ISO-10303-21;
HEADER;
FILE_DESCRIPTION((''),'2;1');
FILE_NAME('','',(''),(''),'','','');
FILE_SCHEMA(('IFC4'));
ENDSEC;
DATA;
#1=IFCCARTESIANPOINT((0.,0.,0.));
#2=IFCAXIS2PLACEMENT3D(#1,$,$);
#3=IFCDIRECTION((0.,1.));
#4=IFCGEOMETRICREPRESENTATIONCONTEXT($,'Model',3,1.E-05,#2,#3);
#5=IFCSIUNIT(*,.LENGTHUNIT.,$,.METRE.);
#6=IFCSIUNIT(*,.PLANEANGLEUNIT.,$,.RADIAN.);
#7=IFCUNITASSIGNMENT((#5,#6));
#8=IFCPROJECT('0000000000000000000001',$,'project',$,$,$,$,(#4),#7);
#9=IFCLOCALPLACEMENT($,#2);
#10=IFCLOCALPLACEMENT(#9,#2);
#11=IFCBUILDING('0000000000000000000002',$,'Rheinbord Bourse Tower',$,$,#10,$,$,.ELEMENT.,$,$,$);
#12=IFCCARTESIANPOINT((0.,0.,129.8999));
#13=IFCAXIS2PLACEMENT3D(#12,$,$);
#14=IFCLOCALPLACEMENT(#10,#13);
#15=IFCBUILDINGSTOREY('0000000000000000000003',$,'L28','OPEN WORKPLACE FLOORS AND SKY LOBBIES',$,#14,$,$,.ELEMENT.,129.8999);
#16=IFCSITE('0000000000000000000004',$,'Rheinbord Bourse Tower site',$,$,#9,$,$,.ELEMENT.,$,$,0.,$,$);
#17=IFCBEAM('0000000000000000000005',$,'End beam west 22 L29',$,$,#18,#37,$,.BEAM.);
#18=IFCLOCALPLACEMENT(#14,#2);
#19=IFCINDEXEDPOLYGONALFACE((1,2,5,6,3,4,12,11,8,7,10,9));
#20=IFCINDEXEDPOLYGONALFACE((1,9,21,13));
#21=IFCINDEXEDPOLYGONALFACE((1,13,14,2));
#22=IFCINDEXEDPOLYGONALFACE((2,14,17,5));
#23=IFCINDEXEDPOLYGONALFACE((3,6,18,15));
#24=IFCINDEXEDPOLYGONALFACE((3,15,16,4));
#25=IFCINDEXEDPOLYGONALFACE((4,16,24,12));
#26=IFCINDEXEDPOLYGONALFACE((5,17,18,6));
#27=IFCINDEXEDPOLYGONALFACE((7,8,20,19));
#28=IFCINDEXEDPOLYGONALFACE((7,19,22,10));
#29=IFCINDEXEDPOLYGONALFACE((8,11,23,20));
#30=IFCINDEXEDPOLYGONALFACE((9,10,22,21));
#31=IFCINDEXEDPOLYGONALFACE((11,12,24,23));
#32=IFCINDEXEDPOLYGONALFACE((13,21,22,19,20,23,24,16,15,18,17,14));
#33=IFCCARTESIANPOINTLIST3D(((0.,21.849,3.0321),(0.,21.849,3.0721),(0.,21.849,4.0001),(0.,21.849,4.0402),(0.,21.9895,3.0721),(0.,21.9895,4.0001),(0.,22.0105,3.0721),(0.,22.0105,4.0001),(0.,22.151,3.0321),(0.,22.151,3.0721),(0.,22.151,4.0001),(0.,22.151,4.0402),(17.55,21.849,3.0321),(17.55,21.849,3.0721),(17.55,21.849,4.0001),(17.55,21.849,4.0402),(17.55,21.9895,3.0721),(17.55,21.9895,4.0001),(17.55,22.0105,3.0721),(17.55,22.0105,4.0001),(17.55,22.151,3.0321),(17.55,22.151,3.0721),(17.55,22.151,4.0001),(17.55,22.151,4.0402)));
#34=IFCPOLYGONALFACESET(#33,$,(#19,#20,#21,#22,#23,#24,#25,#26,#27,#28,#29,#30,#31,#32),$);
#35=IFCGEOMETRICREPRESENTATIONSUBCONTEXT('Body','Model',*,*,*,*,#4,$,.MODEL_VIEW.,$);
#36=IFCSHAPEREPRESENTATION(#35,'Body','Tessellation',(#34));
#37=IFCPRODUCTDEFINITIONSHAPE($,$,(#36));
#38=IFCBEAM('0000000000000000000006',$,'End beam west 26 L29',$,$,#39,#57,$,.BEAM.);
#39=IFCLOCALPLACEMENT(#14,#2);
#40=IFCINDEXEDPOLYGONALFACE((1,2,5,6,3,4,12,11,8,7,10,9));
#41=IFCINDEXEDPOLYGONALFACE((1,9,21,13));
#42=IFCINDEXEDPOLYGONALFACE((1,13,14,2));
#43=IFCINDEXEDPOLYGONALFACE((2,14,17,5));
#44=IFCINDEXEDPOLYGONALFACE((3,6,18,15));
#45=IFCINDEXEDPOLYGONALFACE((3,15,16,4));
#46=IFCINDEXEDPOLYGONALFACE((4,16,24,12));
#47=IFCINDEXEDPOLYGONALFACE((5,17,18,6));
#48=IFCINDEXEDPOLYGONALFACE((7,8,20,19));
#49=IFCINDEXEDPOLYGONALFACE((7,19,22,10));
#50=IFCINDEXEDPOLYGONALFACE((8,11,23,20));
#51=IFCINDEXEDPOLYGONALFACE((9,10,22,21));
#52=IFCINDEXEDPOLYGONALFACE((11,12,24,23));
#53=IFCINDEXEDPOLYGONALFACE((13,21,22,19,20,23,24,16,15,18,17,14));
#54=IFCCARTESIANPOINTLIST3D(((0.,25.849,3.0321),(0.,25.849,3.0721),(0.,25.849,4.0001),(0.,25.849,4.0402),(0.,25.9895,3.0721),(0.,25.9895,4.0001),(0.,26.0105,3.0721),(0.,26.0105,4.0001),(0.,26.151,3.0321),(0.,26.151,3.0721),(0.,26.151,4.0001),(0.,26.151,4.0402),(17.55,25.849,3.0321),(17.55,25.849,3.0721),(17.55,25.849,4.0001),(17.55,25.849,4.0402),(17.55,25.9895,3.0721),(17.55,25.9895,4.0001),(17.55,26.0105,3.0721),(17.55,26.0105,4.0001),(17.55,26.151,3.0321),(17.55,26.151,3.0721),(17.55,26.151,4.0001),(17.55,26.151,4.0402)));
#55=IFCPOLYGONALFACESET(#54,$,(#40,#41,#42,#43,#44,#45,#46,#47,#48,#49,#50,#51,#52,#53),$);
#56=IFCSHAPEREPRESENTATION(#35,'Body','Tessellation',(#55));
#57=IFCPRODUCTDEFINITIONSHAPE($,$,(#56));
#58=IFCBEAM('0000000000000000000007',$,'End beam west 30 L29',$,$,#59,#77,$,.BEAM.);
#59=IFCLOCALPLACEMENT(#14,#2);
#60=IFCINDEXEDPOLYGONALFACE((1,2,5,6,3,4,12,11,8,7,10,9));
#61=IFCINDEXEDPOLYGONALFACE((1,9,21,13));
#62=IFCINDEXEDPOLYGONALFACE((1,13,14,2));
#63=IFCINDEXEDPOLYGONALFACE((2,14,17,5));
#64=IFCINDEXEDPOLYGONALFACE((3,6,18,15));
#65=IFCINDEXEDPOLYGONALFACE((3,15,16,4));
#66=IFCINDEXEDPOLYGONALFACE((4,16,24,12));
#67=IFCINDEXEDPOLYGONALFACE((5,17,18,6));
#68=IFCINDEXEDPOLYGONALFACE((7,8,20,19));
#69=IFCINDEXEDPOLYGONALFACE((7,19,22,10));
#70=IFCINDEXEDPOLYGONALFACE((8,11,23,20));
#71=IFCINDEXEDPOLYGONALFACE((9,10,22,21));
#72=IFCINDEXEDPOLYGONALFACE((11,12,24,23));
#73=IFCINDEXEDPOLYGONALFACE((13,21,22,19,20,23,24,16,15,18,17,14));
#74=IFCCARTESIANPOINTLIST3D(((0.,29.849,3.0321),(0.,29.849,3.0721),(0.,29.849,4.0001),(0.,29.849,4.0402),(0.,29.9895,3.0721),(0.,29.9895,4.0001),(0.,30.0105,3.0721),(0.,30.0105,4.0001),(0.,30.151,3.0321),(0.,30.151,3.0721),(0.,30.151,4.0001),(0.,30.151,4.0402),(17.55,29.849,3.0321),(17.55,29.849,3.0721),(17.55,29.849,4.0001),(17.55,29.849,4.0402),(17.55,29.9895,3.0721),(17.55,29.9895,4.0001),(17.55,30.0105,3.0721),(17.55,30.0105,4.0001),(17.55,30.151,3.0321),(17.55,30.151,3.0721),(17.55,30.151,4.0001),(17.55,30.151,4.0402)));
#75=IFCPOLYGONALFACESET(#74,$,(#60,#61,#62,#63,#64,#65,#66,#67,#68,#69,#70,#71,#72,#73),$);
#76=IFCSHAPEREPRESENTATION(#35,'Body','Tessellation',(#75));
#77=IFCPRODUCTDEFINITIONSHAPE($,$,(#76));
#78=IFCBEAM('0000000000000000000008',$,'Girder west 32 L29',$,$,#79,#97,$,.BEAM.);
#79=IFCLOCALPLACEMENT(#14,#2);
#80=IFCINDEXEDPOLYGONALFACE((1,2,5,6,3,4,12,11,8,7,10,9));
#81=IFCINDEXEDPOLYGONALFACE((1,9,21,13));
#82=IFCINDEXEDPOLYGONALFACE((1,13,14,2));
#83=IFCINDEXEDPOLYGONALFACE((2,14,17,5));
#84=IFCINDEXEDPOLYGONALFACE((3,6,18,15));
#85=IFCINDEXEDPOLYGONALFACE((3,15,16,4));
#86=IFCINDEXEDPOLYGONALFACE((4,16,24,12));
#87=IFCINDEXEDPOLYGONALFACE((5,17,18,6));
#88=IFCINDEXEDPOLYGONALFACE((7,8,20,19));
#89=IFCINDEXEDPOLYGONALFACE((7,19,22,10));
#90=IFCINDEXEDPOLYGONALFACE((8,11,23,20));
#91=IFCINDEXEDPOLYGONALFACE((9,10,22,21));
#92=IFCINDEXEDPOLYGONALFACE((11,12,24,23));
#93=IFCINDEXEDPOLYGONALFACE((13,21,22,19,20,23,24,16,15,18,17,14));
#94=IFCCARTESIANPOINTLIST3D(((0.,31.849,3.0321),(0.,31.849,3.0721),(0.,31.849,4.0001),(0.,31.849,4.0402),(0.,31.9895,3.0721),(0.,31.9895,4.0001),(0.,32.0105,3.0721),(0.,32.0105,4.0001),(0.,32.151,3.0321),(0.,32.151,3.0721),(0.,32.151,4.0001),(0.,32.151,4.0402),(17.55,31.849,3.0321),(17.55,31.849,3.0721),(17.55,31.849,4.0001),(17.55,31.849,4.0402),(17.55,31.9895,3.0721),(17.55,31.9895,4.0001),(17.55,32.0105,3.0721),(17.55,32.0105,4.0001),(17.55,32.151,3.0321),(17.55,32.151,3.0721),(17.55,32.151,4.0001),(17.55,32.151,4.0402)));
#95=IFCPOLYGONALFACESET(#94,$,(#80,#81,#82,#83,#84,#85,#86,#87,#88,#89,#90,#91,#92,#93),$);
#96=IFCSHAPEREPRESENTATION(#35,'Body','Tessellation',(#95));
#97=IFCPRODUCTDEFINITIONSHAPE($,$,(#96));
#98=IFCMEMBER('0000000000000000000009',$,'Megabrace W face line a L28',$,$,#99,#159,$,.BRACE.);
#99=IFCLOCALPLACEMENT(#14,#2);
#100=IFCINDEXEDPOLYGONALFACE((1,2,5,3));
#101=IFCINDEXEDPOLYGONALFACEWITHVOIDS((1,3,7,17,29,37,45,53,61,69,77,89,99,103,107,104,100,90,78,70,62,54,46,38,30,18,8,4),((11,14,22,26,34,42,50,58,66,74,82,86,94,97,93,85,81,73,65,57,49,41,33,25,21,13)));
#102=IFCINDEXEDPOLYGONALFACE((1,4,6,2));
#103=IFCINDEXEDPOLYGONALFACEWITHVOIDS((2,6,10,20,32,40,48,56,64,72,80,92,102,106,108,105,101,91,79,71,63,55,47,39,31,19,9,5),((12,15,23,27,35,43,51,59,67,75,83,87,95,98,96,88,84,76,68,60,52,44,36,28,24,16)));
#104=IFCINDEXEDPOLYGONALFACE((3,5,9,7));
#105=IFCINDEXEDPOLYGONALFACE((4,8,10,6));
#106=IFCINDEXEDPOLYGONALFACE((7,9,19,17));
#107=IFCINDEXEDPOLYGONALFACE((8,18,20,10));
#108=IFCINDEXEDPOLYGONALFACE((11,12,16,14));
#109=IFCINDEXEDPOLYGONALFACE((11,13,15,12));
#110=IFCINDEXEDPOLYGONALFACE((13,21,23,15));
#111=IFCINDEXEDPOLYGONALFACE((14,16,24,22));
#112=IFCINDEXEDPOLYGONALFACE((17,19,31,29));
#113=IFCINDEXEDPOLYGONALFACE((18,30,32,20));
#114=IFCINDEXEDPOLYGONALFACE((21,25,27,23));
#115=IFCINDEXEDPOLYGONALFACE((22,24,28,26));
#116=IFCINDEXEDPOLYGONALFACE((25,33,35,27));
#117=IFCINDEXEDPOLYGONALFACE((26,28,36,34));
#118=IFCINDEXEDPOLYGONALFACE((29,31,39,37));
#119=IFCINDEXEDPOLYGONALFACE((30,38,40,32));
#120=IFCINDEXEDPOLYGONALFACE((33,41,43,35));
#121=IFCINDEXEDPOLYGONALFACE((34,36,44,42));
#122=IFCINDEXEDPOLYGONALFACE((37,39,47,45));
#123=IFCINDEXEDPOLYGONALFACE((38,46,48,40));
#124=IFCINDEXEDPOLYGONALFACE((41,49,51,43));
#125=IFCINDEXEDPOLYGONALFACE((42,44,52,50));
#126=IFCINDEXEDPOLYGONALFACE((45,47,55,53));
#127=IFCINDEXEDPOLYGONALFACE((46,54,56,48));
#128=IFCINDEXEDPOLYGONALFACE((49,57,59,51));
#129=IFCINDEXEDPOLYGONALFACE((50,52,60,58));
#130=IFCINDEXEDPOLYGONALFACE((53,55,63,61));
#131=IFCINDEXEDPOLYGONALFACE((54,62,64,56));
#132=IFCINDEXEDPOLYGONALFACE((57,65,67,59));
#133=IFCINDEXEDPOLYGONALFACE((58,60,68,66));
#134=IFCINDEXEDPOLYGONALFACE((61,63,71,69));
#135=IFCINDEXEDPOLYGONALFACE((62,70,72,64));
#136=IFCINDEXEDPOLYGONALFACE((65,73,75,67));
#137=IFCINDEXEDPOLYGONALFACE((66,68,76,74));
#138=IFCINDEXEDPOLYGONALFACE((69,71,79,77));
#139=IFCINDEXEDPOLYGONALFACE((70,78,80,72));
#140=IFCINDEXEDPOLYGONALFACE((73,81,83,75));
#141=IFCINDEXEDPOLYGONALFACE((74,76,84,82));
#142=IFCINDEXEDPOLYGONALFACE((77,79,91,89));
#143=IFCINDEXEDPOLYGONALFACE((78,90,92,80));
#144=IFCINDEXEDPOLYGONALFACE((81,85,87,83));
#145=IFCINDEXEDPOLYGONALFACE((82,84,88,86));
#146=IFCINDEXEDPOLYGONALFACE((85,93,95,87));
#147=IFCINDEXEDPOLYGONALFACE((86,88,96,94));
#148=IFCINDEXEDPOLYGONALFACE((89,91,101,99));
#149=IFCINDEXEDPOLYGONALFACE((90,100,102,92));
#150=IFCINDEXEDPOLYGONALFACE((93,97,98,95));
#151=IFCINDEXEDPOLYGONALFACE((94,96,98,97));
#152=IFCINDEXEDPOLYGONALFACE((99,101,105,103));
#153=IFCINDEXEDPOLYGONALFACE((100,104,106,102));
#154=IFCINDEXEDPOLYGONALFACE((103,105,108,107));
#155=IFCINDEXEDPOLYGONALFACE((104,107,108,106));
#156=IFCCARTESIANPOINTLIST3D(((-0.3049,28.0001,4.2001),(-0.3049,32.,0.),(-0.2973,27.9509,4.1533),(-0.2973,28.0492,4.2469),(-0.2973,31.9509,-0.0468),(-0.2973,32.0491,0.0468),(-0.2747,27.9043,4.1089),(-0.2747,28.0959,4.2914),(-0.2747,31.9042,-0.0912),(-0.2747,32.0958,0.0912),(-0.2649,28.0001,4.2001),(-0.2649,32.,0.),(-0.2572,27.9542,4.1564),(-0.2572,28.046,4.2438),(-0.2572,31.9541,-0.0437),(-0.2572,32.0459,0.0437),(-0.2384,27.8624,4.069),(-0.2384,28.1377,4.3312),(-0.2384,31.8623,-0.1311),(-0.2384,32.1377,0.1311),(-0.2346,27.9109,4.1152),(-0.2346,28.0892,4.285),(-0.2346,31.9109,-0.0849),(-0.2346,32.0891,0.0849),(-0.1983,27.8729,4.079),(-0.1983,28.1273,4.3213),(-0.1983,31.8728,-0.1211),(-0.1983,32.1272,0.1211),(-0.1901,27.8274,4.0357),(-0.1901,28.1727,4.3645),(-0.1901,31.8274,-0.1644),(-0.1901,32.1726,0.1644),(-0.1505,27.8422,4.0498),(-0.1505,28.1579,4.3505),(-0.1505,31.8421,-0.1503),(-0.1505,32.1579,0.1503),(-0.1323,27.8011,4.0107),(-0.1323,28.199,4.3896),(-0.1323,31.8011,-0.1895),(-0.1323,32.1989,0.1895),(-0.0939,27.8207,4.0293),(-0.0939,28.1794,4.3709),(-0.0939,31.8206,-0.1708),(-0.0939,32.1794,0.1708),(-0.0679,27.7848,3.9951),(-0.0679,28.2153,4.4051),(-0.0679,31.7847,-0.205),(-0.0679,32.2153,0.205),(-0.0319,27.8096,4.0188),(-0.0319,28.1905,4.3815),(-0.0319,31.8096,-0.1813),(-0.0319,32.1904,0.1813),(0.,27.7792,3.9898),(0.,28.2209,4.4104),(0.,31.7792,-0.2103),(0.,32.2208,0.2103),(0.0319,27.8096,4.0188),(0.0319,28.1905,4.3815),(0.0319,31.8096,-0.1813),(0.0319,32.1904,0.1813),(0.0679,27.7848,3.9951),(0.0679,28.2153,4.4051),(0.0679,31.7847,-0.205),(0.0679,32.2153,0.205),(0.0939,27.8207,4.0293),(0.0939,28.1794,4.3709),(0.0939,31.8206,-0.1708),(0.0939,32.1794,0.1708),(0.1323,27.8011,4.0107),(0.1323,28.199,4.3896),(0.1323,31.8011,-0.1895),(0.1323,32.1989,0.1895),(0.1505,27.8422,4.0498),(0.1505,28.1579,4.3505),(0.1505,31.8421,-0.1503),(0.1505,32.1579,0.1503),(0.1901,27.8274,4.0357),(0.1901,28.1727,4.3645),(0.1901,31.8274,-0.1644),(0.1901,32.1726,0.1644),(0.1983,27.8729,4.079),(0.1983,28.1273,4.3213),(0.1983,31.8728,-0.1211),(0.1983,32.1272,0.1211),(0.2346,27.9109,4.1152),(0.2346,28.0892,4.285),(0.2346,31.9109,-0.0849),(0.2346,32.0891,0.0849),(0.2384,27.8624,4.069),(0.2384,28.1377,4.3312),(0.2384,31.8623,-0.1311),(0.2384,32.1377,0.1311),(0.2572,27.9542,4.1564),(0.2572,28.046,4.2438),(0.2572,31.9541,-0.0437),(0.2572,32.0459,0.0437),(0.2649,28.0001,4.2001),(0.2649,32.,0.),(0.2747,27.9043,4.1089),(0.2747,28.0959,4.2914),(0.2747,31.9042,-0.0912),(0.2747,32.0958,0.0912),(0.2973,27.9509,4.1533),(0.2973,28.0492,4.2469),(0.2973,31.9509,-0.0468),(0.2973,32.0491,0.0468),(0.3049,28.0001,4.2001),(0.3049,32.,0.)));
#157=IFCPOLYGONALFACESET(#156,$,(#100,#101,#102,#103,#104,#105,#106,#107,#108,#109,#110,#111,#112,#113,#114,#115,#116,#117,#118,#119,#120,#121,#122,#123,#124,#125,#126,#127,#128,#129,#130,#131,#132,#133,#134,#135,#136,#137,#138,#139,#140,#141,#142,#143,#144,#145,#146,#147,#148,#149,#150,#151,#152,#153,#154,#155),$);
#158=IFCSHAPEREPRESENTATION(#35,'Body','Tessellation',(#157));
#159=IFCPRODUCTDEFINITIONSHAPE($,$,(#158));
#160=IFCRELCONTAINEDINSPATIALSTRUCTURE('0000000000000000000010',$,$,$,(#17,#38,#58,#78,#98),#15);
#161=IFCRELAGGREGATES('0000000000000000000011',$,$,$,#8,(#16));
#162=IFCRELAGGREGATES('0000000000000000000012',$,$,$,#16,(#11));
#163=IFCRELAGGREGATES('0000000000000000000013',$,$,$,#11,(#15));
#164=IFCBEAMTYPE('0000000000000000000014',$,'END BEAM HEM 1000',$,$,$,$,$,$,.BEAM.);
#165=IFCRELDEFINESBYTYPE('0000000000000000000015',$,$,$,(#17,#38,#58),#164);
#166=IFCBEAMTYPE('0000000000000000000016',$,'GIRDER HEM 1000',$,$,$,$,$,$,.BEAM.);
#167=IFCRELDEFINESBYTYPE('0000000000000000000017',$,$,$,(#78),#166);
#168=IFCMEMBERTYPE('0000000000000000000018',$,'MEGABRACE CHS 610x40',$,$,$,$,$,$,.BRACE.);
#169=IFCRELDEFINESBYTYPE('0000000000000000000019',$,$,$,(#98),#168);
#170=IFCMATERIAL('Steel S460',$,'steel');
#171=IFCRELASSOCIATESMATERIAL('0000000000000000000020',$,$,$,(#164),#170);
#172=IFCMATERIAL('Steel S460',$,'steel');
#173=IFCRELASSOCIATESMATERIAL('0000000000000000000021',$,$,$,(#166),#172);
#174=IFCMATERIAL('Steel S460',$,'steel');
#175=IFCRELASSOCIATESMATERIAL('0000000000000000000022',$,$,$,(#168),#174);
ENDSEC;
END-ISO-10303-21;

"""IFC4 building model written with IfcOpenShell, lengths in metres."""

from ifc_helpers import new_model, si_unit, direction, frame, origin, origin_2d, place, context, subcontext, project, spatial, hollow_circle, i_section, extrude, material, material_profile, profile_set, type_object, element, save


model = new_model("IFC4")

# Units and contexts
model_context = context("Model", 3, precision=1e-05, world=origin(), true_north=direction((0.0, 1.0)))
body_context = subcontext(model_context, "Body", "Model", "MODEL_VIEW")
ifc_project = project(units=[si_unit("LENGTHUNIT", "METRE"), si_unit("PLANEANGLEUNIT", "RADIAN")], contexts=[model_context])

# Site, building, storey
site_placement = place(None, origin())
site = spatial("IfcSite", under=ifc_project, at=site_placement, Name="Rheinbord Bourse Tower site", CompositionType="ELEMENT", RefElevation=0.0)
building_placement = place(site_placement, origin())
building = spatial("IfcBuilding", under=site, at=building_placement, Name="Rheinbord Bourse Tower", CompositionType="ELEMENT")
storey_placement = place(building_placement, frame((0.0, 0.0, 129.8999)))
storey = spatial("IfcBuildingStorey", under=building, at=storey_placement, Name="L28", Description="OPEN WORKPLACE FLOORS AND SKY LOBBIES", CompositionType="ELEMENT", Elevation=129.8999)

# Beams
ifc_material_1 = material(Name="Steel S460", Category="steel")
ifc_material_profile_1 = material_profile(ifc_material_1, i_section(OverallWidth=0.302, OverallDepth=1.0081, WebThickness=0.021, FlangeThickness=0.04, at=origin_2d()), Name="HEM 1000")
ifc_profile_set_1 = profile_set([ifc_material_profile_1], Name="Steel S460")
beam_type_1 = type_object("IfcBeamType", Name="END BEAM HEM 1000", PredefinedType="BEAM", material=ifc_profile_set_1)
for number, where, z_axis, x_axis, name in (
    (1, (0.0, 22.0, 3.5361), (1.0, 0.0, 0.0), (0.0, 1.0, 0.0), "End beam west 22 L29"),
    (2, (0.0, 26.0, 3.5361), (1.0, 0.0, 0.0), (0.0, 1.0, 0.0), "End beam west 26 L29"),
    (3, (0.0, 30.0, 3.5361), (1.0, 0.0, 0.0), (0.0, 1.0, 0.0), "End beam west 30 L29"),
):
    element("IfcBeam", number, at=place(storey_placement, frame(where, z_axis=z_axis, x_axis=x_axis)), inside=storey, type_object=beam_type_1, Name=name, PredefinedType="BEAM", context=body_context, shape_type="SweptSolid", body=[
        extrude(i_section(OverallWidth=0.302, OverallDepth=1.0081, WebThickness=0.021, FlangeThickness=0.04, at=origin_2d()), origin(), (0.0, 0.0, 1.0), 17.55),
    ])
ifc_material_2 = material(Name="Steel S460", Category="steel")
ifc_material_profile_2 = material_profile(ifc_material_2, i_section(OverallWidth=0.302, OverallDepth=1.0081, WebThickness=0.021, FlangeThickness=0.04, at=origin_2d()), Name="HEM 1000")
ifc_profile_set_2 = profile_set([ifc_material_profile_2], Name="Steel S460")
beam_type_2 = type_object("IfcBeamType", Name="GIRDER HEM 1000", PredefinedType="BEAM", material=ifc_profile_set_2)
beam_1_placement = place(storey_placement, frame((0.0, 32.0, 3.5361), z_axis=(1.0, 0.0, 0.0), x_axis=(0.0, 1.0, 0.0)))
element("IfcBeam", 4, at=beam_1_placement, inside=storey, type_object=beam_type_2, Name="Girder west 32 L29", PredefinedType="BEAM", context=body_context, shape_type="SweptSolid", body=[
    extrude(i_section(OverallWidth=0.302, OverallDepth=1.0081, WebThickness=0.021, FlangeThickness=0.04, at=origin_2d()), origin(), (0.0, 0.0, 1.0), 17.55),
])

# Member
ifc_material_3 = material(Name="Steel S460", Category="steel")
ifc_material_profile_3 = material_profile(ifc_material_3, hollow_circle(Radius=0.3049, WallThickness=0.04, at=origin_2d()), Name="CHS 610x40")
ifc_profile_set_3 = profile_set([ifc_material_profile_3], Name="Steel S460")
member_type_1 = type_object("IfcMemberType", Name="MEGABRACE CHS 610x40", PredefinedType="BRACE", material=ifc_profile_set_3)
for number, where, z_axis, x_axis, name in (
    (5, (0.0, 32.0, 0.0), (0.0, -0.689638, 0.724154), (1.0, 0.0, 0.0), "Megabrace W face line a L28"),
):
    element("IfcMember", number, at=place(storey_placement, frame(where, z_axis=z_axis, x_axis=x_axis)), inside=storey, type_object=member_type_1, Name=name, PredefinedType="BRACE", context=body_context, shape_type="SweptSolid", body=[
        extrude(hollow_circle(Radius=0.3049, WallThickness=0.04, at=origin_2d()), origin(), (0.0, 0.0, 1.0), 5.8),
    ])

save(model, "model.ifc")
